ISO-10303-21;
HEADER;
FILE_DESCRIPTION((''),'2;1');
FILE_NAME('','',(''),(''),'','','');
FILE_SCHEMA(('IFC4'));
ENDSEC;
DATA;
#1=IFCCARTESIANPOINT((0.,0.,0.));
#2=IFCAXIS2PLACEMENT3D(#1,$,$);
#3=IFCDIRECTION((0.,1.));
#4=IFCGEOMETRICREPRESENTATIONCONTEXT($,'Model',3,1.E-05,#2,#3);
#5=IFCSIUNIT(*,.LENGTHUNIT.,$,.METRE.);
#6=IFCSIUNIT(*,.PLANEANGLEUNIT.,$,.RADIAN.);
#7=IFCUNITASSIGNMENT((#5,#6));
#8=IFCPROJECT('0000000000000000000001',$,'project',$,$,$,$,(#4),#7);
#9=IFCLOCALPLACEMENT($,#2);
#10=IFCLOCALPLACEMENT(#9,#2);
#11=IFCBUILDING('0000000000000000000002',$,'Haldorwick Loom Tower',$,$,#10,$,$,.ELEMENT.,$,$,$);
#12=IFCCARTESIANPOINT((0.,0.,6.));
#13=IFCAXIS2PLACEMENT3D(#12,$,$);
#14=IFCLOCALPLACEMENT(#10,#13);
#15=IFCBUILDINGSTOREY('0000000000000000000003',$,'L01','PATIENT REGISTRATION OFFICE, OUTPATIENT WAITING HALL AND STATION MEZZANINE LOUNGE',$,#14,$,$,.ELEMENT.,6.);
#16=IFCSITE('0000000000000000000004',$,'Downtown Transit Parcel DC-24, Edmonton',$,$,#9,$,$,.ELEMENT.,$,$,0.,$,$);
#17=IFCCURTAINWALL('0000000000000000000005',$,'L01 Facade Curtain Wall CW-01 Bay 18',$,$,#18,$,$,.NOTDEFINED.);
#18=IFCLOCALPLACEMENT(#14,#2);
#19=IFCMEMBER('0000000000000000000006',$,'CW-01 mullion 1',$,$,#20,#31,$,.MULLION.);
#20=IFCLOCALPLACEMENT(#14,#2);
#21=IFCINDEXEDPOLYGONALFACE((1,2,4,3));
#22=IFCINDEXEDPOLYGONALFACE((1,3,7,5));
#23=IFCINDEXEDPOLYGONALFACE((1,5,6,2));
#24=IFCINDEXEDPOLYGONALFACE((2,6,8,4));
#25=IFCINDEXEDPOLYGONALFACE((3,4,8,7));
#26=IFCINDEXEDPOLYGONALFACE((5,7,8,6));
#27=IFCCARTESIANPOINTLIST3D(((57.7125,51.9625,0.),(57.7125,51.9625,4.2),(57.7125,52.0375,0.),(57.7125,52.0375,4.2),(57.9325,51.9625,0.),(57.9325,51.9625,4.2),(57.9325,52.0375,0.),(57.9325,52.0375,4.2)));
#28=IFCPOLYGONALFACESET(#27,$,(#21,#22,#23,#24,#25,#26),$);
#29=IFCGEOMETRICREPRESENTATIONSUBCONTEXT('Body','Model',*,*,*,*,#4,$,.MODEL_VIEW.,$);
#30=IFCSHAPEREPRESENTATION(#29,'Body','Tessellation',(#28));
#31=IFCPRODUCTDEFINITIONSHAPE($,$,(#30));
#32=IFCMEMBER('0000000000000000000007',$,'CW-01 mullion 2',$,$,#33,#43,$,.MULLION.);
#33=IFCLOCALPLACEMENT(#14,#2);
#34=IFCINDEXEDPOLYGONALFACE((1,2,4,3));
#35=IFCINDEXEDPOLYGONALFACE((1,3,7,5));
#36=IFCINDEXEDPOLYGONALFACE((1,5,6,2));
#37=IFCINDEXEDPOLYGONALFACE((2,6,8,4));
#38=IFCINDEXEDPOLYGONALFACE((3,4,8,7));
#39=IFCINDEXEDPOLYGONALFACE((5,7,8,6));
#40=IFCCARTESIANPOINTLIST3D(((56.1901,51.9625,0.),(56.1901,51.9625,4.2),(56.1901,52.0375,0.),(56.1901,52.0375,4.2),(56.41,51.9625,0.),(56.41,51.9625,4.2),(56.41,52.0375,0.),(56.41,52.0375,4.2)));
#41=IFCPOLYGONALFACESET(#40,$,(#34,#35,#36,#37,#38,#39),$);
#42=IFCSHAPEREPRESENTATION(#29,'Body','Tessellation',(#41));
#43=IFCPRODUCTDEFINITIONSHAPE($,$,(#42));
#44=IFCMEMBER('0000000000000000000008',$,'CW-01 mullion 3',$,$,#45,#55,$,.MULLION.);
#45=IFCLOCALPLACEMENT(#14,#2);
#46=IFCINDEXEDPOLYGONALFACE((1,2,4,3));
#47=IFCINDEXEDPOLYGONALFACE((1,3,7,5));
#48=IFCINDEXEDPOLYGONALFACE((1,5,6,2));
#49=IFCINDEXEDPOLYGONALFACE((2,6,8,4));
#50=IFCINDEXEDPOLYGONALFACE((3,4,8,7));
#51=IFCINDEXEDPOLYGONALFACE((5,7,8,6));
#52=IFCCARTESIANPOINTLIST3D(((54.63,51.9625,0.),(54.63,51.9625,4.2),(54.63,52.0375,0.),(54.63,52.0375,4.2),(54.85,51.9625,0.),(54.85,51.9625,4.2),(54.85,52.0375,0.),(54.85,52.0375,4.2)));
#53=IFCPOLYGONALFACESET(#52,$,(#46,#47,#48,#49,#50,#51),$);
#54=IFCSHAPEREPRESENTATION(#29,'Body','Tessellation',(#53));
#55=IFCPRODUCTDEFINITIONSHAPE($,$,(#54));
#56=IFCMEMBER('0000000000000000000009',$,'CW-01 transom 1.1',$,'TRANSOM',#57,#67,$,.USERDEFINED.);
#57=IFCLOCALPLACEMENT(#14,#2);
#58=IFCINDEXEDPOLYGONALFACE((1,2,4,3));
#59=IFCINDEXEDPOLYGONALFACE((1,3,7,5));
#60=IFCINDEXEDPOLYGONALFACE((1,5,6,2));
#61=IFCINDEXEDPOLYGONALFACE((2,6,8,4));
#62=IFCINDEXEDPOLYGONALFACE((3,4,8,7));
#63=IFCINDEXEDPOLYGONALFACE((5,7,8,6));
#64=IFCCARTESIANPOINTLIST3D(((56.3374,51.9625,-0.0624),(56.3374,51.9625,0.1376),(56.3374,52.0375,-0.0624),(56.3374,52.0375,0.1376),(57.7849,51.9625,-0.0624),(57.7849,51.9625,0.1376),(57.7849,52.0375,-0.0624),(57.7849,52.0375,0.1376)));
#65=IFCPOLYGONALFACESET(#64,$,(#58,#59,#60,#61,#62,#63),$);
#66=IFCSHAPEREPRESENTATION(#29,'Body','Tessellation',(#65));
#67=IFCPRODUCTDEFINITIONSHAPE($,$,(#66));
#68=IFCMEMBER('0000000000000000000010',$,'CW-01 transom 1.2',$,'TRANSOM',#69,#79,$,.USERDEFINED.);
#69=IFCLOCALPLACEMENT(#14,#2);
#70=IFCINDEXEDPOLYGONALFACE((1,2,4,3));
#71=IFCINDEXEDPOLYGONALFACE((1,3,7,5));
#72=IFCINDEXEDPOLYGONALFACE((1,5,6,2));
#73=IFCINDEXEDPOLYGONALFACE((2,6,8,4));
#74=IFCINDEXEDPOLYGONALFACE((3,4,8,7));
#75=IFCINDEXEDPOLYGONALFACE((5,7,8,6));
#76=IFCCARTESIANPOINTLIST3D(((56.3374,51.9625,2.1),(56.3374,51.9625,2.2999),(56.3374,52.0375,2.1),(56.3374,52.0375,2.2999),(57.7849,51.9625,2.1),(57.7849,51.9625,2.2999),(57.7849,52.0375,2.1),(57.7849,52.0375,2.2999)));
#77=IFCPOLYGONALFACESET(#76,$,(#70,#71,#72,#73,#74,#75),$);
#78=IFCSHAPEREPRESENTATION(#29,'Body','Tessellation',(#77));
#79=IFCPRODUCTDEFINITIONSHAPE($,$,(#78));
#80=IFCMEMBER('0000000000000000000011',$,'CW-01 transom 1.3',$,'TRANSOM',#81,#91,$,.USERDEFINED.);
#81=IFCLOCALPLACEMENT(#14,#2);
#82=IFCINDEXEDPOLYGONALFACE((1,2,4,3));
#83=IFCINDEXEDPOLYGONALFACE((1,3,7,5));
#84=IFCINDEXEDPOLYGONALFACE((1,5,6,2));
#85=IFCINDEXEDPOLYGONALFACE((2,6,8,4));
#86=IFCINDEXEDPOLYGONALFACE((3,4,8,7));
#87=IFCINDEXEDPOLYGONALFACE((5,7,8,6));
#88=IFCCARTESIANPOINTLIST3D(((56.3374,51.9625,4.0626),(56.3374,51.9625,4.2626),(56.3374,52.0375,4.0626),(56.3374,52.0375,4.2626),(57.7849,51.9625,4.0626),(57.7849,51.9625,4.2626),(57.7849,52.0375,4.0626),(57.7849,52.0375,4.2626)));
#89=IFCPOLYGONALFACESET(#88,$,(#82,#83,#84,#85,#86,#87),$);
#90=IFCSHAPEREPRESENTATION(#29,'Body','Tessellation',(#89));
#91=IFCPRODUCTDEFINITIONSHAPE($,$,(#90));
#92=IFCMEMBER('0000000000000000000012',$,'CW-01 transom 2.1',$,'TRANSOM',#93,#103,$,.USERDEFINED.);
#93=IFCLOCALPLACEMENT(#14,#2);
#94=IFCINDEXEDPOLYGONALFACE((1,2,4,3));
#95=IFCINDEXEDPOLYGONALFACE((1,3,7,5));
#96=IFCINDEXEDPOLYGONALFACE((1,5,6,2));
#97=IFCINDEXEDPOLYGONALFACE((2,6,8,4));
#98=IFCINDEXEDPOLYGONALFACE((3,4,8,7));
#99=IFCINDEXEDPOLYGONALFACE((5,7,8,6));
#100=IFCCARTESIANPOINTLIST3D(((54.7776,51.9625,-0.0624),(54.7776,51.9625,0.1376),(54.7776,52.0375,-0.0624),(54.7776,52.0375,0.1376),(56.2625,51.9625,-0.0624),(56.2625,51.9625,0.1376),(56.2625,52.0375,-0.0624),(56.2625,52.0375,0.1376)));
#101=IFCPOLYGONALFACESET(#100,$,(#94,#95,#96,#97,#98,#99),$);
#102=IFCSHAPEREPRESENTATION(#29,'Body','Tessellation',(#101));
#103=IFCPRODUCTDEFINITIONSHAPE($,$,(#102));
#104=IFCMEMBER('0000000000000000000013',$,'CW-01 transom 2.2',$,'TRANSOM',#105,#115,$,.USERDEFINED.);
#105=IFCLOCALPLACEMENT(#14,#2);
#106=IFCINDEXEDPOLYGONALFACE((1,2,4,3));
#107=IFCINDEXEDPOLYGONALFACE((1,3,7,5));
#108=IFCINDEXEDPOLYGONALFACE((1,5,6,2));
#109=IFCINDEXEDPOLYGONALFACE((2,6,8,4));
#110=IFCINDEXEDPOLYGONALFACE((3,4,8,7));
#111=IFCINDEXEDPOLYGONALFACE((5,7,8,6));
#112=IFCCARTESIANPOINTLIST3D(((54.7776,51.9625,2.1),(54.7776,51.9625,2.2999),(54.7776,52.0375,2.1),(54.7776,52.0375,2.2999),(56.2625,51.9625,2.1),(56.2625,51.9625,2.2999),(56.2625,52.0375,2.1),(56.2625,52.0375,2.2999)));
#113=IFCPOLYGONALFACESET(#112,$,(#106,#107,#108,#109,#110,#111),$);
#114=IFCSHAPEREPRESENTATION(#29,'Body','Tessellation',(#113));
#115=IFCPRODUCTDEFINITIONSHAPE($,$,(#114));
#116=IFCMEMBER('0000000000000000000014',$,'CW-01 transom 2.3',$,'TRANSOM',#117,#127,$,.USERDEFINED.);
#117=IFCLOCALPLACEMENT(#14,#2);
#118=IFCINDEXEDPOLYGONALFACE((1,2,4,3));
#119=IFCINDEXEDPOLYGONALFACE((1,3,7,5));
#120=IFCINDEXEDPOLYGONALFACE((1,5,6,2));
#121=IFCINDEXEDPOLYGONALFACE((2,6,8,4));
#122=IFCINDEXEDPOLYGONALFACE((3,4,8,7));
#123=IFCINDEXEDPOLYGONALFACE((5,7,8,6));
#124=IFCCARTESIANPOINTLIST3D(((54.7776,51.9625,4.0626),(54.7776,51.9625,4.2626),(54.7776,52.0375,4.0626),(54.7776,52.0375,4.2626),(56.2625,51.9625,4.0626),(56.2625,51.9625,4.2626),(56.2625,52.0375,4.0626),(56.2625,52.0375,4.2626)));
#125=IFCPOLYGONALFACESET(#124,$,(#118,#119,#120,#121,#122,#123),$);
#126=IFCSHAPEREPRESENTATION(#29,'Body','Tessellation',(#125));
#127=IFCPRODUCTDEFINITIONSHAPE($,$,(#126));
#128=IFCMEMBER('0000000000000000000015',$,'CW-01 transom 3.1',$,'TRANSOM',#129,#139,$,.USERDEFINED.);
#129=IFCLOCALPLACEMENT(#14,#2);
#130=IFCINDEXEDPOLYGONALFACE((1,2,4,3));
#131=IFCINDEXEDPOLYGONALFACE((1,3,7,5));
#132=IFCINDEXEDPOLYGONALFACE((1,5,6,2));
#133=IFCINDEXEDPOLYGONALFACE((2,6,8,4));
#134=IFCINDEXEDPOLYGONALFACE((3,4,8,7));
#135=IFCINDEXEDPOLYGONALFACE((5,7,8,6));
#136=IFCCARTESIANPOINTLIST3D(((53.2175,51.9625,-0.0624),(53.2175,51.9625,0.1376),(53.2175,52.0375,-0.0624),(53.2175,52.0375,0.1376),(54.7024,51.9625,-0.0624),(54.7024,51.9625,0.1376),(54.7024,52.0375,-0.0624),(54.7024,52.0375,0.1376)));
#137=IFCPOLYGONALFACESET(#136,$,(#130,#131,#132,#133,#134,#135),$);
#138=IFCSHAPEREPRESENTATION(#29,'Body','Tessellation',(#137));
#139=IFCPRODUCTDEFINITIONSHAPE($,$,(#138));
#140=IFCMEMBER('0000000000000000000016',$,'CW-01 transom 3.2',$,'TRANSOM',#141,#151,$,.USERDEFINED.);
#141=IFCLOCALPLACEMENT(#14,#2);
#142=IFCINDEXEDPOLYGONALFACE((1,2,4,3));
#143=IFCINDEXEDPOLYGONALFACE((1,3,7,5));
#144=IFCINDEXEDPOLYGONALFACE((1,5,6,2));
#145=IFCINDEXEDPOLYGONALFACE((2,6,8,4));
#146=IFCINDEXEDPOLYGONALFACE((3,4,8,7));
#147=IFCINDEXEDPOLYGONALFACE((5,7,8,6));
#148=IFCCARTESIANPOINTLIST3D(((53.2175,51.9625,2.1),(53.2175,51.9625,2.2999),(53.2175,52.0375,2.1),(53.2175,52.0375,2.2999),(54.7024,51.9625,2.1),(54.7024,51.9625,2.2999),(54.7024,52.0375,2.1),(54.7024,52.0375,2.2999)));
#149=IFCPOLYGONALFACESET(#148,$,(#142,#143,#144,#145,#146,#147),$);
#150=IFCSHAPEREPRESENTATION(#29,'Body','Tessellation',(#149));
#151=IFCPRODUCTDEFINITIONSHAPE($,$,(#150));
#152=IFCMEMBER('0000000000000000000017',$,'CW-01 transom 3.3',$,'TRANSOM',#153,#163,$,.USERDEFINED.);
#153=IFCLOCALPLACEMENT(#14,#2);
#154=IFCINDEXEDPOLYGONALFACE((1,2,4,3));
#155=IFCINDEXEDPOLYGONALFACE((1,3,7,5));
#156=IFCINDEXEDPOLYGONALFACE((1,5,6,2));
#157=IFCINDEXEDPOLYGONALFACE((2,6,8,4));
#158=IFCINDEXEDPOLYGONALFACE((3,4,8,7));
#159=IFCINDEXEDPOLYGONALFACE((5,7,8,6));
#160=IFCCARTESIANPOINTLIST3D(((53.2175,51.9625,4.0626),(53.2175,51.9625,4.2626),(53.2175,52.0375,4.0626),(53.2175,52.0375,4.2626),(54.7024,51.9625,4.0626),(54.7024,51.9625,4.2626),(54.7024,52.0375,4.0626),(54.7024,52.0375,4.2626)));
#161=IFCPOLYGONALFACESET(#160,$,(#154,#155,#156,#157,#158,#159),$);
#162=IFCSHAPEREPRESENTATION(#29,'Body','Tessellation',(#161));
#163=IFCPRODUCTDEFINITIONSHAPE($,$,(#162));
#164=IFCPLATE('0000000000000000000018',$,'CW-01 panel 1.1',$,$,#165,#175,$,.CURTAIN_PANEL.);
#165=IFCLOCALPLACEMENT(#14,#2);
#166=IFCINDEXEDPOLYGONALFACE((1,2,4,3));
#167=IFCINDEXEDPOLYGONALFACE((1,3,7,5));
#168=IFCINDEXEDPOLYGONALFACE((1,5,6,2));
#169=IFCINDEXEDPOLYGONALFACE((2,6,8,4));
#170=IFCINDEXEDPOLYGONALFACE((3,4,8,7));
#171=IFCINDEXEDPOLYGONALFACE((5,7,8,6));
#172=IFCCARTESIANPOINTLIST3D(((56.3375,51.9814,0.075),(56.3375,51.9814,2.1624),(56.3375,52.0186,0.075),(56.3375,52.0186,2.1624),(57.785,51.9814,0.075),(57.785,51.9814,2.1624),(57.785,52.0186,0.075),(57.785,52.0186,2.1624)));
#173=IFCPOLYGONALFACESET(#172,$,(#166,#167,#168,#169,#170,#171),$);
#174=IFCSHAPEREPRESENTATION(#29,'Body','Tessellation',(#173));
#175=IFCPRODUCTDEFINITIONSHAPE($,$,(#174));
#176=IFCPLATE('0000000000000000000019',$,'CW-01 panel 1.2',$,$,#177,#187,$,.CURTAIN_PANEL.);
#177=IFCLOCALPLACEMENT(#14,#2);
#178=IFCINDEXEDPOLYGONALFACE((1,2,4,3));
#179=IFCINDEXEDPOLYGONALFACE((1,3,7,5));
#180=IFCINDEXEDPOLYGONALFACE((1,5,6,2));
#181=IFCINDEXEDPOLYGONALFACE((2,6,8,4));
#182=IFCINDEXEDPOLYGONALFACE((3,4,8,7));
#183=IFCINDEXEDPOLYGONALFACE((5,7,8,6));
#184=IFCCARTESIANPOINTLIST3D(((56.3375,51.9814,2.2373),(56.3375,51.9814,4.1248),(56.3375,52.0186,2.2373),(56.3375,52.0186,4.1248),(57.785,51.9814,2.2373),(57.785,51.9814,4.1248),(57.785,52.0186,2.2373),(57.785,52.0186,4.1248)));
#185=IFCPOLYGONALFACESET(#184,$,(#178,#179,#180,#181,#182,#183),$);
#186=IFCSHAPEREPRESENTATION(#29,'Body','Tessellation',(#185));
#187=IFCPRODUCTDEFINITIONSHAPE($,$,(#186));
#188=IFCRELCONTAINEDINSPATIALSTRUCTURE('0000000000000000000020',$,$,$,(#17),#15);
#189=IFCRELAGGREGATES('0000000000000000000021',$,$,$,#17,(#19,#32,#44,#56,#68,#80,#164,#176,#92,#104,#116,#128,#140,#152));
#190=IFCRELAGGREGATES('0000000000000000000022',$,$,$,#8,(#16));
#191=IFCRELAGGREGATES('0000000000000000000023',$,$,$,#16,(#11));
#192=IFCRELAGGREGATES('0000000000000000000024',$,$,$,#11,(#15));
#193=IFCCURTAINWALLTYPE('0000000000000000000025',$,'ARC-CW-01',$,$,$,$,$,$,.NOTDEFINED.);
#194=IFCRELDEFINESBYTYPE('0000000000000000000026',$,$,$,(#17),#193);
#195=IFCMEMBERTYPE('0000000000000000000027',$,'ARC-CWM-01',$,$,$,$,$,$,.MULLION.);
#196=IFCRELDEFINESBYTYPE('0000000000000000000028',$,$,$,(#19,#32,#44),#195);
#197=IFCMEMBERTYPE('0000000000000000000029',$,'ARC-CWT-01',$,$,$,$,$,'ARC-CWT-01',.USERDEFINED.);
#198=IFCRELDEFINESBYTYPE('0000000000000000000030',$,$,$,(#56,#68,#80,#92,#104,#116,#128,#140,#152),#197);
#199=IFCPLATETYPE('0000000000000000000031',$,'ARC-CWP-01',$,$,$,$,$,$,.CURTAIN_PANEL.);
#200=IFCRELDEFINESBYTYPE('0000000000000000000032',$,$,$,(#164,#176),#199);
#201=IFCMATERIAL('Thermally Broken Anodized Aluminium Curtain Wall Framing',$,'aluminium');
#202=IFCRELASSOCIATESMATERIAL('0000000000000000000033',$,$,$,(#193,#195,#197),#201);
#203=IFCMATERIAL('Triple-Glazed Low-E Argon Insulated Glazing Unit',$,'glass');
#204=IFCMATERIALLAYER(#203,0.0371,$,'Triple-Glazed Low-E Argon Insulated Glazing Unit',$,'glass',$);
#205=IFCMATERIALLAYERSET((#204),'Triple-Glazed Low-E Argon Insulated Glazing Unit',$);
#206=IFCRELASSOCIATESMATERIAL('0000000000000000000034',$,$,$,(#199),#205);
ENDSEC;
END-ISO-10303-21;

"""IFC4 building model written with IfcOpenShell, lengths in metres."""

from ifc_helpers import new_model, si_unit, direction, frame, origin, origin_2d, place, context, subcontext, project, spatial, rectangle, extrude, material, layer, layer_set, material_profile, profile_set, type_object, element, aggregate, save


model = new_model("IFC4")

# Units and contexts
model_context = context("Model", 3, precision=1e-05, world=origin(), true_north=direction((0.0, 1.0)))
body_context = subcontext(model_context, "Body", "Model", "MODEL_VIEW")
ifc_project = project(units=[si_unit("LENGTHUNIT", "METRE"), si_unit("PLANEANGLEUNIT", "RADIAN")], contexts=[model_context])

# Site, building, storey
site_placement = place(None, origin())
site = spatial("IfcSite", under=ifc_project, at=site_placement, Name="Downtown Transit Parcel DC-24, Edmonton", CompositionType="ELEMENT", RefElevation=0.0)
building_placement = place(site_placement, origin())
building = spatial("IfcBuilding", under=site, at=building_placement, Name="Haldorwick Loom Tower", CompositionType="ELEMENT")
storey_placement = place(building_placement, frame((0.0, 0.0, 6.0)))
storey = spatial("IfcBuildingStorey", under=building, at=storey_placement, Name="L01", Description="PATIENT REGISTRATION OFFICE, OUTPATIENT WAITING HALL AND STATION MEZZANINE LOUNGE", CompositionType="ELEMENT", Elevation=6.0)

# Curtain wall, members, plates
ifc_material_1 = material(Name="Thermally Broken Anodized Aluminium Curtain Wall Framing", Category="aluminium")
curtain_wall_type = type_object("IfcCurtainWallType", Name="ARC-CW-01", PredefinedType="NOTDEFINED", material=ifc_material_1)
curtain_wall_placement = place(storey_placement, origin())
curtain_wall = element("IfcCurtainWall", 1, at=curtain_wall_placement, inside=storey, type_object=curtain_wall_type, Name="L01 Facade Curtain Wall CW-01 Bay 18", PredefinedType="NOTDEFINED")
ifc_material_profile_1 = material_profile(ifc_material_1, rectangle(XDim=0.075, YDim=0.22, at=origin_2d()), Name="ALU_MUL_75X220", Category="aluminium")
ifc_profile_set_1 = profile_set([ifc_material_profile_1], Name="Thermally Broken Anodized Aluminium Curtain Wall Framing")
member_type_1 = type_object("IfcMemberType", Name="ARC-CWM-01", PredefinedType="MULLION", material=ifc_profile_set_1)
member_1_placement = place(storey_placement, frame((57.8225, 52.0, 0.0), z_axis=(0.0, 0.0, 1.0), x_axis=(0.0, -1.0, 0.0)))
member_1 = element("IfcMember", 2, at=member_1_placement, type_object=member_type_1, Name="CW-01 mullion 1", PredefinedType="MULLION", context=body_context, shape_type="SweptSolid", body=[
    extrude(rectangle(XDim=0.075, YDim=0.22, at=origin_2d()), origin(), (0.0, 0.0, 1.0), 4.2),
])
member_2_placement = place(storey_placement, frame((56.3, 52.0, 0.0), z_axis=(0.0, 0.0, 1.0), x_axis=(0.0, -1.0, 0.0)))
member_2 = element("IfcMember", 3, at=member_2_placement, type_object=member_type_1, Name="CW-01 mullion 2", PredefinedType="MULLION", context=body_context, shape_type="SweptSolid", body=[
    extrude(rectangle(XDim=0.075, YDim=0.22, at=origin_2d()), origin(), (0.0, 0.0, 1.0), 4.2),
])
member_3_placement = place(storey_placement, frame((54.74, 52.0, 0.0), z_axis=(0.0, 0.0, 1.0), x_axis=(0.0, -1.0, 0.0)))
member_3 = element("IfcMember", 4, at=member_3_placement, type_object=member_type_1, Name="CW-01 mullion 3", PredefinedType="MULLION", context=body_context, shape_type="SweptSolid", body=[
    extrude(rectangle(XDim=0.075, YDim=0.22, at=origin_2d()), origin(), (0.0, 0.0, 1.0), 4.2),
])
ifc_material_profile_2 = material_profile(ifc_material_1, rectangle(XDim=0.075, YDim=0.2, at=origin_2d()), Name="ALU_TRN_75X200", Category="aluminium")
ifc_profile_set_2 = profile_set([ifc_material_profile_2], Name="Thermally Broken Anodized Aluminium Curtain Wall Framing")
member_type_2 = type_object("IfcMemberType", Name="ARC-CWT-01", ElementType="ARC-CWT-01", PredefinedType="USERDEFINED", material=ifc_profile_set_2)
member_4_placement = place(storey_placement, frame((57.7849, 52.0, 0.0376), z_axis=(-1.0, 0.0, 0.0), x_axis=(0.0, -1.0, 0.0)))
member_4 = element("IfcMember", 5, at=member_4_placement, type_object=member_type_2, Name="CW-01 transom 1.1", ObjectType="TRANSOM", PredefinedType="USERDEFINED", context=body_context, shape_type="SweptSolid", body=[
    extrude(rectangle(XDim=0.075, YDim=0.2, at=origin_2d()), origin(), (0.0, 0.0, 1.0), 1.4475),
])
member_5_placement = place(storey_placement, frame((57.7849, 52.0, 2.2), z_axis=(-1.0, 0.0, 0.0), x_axis=(0.0, -1.0, 0.0)))
member_5 = element("IfcMember", 6, at=member_5_placement, type_object=member_type_2, Name="CW-01 transom 1.2", ObjectType="TRANSOM", PredefinedType="USERDEFINED", context=body_context, shape_type="SweptSolid", body=[
    extrude(rectangle(XDim=0.075, YDim=0.2, at=origin_2d()), origin(), (0.0, 0.0, 1.0), 1.4475),
])
member_6_placement = place(storey_placement, frame((57.7849, 52.0, 4.1626), z_axis=(-1.0, 0.0, 0.0), x_axis=(0.0, -1.0, 0.0)))
member_6 = element("IfcMember", 7, at=member_6_placement, type_object=member_type_2, Name="CW-01 transom 1.3", ObjectType="TRANSOM", PredefinedType="USERDEFINED", context=body_context, shape_type="SweptSolid", body=[
    extrude(rectangle(XDim=0.075, YDim=0.2, at=origin_2d()), origin(), (0.0, 0.0, 1.0), 1.4475),
])
member_7_placement = place(storey_placement, frame((56.2625, 52.0, 0.0376), z_axis=(-1.0, 0.0, 0.0), x_axis=(0.0, -1.0, 0.0)))
member_7 = element("IfcMember", 8, at=member_7_placement, type_object=member_type_2, Name="CW-01 transom 2.1", ObjectType="TRANSOM", PredefinedType="USERDEFINED", context=body_context, shape_type="SweptSolid", body=[
    extrude(rectangle(XDim=0.075, YDim=0.2, at=origin_2d()), origin(), (0.0, 0.0, 1.0), 1.4849),
])
member_8_placement = place(storey_placement, frame((56.2625, 52.0, 2.2), z_axis=(-1.0, 0.0, 0.0), x_axis=(0.0, -1.0, 0.0)))
member_8 = element("IfcMember", 9, at=member_8_placement, type_object=member_type_2, Name="CW-01 transom 2.2", ObjectType="TRANSOM", PredefinedType="USERDEFINED", context=body_context, shape_type="SweptSolid", body=[
    extrude(rectangle(XDim=0.075, YDim=0.2, at=origin_2d()), origin(), (0.0, 0.0, 1.0), 1.4849),
])
member_9_placement = place(storey_placement, frame((56.2625, 52.0, 4.1626), z_axis=(-1.0, 0.0, 0.0), x_axis=(0.0, -1.0, 0.0)))
member_9 = element("IfcMember", 10, at=member_9_placement, type_object=member_type_2, Name="CW-01 transom 2.3", ObjectType="TRANSOM", PredefinedType="USERDEFINED", context=body_context, shape_type="SweptSolid", body=[
    extrude(rectangle(XDim=0.075, YDim=0.2, at=origin_2d()), origin(), (0.0, 0.0, 1.0), 1.4849),
])
member_10_placement = place(storey_placement, frame((54.7024, 52.0, 0.0376), z_axis=(-1.0, 0.0, 0.0), x_axis=(0.0, -1.0, 0.0)))
member_10 = element("IfcMember", 11, at=member_10_placement, type_object=member_type_2, Name="CW-01 transom 3.1", ObjectType="TRANSOM", PredefinedType="USERDEFINED", context=body_context, shape_type="SweptSolid", body=[
    extrude(rectangle(XDim=0.075, YDim=0.2, at=origin_2d()), origin(), (0.0, 0.0, 1.0), 1.4849),
])
member_11_placement = place(storey_placement, frame((54.7024, 52.0, 2.2), z_axis=(-1.0, 0.0, 0.0), x_axis=(0.0, -1.0, 0.0)))
member_11 = element("IfcMember", 12, at=member_11_placement, type_object=member_type_2, Name="CW-01 transom 3.2", ObjectType="TRANSOM", PredefinedType="USERDEFINED", context=body_context, shape_type="SweptSolid", body=[
    extrude(rectangle(XDim=0.075, YDim=0.2, at=origin_2d()), origin(), (0.0, 0.0, 1.0), 1.4849),
])
member_12_placement = place(storey_placement, frame((54.7024, 52.0, 4.1626), z_axis=(-1.0, 0.0, 0.0), x_axis=(0.0, -1.0, 0.0)))
member_12 = element("IfcMember", 13, at=member_12_placement, type_object=member_type_2, Name="CW-01 transom 3.3", ObjectType="TRANSOM", PredefinedType="USERDEFINED", context=body_context, shape_type="SweptSolid", body=[
    extrude(rectangle(XDim=0.075, YDim=0.2, at=origin_2d()), origin(), (0.0, 0.0, 1.0), 1.4849),
])
ifc_material_2 = material(Name="Triple-Glazed Low-E Argon Insulated Glazing Unit", Category="glass")
ifc_layer_1 = layer(ifc_material_2, 0.0371, Name="Triple-Glazed Low-E Argon Insulated Glazing Unit", Category="glass")
ifc_layer_set_1 = layer_set([ifc_layer_1], Name="Triple-Glazed Low-E Argon Insulated Glazing Unit")
plate_type = type_object("IfcPlateType", Name="ARC-CWP-01", PredefinedType="CURTAIN_PANEL", material=ifc_layer_set_1)
plate_1_placement = place(storey_placement, frame((57.0613, 52.0, 0.075), z_axis=(0.0, 0.0, 1.0), x_axis=(-1.0, 0.0, 0.0)))
plate_1 = element("IfcPlate", 14, at=plate_1_placement, type_object=plate_type, Name="CW-01 panel 1.1", PredefinedType="CURTAIN_PANEL", context=body_context, shape_type="SweptSolid", body=[
    extrude(rectangle(XDim=1.4475, YDim=0.0371, at=origin_2d()), origin(), (0.0, 0.0, 1.0), 2.0874),
])
plate_2_placement = place(storey_placement, frame((57.0613, 52.0, 2.2373), z_axis=(0.0, 0.0, 1.0), x_axis=(-1.0, 0.0, 0.0)))
plate_2 = element("IfcPlate", 15, at=plate_2_placement, type_object=plate_type, Name="CW-01 panel 1.2", PredefinedType="CURTAIN_PANEL", context=body_context, shape_type="SweptSolid", body=[
    extrude(rectangle(XDim=1.4475, YDim=0.0371, at=origin_2d()), origin(), (0.0, 0.0, 1.0), 1.8875),
])
aggregate(curtain_wall, [member_1, member_2, member_3, member_4, member_5, member_6, plate_1, plate_2, member_7, member_8, member_9, member_10, member_11, member_12])

save(model, "model.ifc")
